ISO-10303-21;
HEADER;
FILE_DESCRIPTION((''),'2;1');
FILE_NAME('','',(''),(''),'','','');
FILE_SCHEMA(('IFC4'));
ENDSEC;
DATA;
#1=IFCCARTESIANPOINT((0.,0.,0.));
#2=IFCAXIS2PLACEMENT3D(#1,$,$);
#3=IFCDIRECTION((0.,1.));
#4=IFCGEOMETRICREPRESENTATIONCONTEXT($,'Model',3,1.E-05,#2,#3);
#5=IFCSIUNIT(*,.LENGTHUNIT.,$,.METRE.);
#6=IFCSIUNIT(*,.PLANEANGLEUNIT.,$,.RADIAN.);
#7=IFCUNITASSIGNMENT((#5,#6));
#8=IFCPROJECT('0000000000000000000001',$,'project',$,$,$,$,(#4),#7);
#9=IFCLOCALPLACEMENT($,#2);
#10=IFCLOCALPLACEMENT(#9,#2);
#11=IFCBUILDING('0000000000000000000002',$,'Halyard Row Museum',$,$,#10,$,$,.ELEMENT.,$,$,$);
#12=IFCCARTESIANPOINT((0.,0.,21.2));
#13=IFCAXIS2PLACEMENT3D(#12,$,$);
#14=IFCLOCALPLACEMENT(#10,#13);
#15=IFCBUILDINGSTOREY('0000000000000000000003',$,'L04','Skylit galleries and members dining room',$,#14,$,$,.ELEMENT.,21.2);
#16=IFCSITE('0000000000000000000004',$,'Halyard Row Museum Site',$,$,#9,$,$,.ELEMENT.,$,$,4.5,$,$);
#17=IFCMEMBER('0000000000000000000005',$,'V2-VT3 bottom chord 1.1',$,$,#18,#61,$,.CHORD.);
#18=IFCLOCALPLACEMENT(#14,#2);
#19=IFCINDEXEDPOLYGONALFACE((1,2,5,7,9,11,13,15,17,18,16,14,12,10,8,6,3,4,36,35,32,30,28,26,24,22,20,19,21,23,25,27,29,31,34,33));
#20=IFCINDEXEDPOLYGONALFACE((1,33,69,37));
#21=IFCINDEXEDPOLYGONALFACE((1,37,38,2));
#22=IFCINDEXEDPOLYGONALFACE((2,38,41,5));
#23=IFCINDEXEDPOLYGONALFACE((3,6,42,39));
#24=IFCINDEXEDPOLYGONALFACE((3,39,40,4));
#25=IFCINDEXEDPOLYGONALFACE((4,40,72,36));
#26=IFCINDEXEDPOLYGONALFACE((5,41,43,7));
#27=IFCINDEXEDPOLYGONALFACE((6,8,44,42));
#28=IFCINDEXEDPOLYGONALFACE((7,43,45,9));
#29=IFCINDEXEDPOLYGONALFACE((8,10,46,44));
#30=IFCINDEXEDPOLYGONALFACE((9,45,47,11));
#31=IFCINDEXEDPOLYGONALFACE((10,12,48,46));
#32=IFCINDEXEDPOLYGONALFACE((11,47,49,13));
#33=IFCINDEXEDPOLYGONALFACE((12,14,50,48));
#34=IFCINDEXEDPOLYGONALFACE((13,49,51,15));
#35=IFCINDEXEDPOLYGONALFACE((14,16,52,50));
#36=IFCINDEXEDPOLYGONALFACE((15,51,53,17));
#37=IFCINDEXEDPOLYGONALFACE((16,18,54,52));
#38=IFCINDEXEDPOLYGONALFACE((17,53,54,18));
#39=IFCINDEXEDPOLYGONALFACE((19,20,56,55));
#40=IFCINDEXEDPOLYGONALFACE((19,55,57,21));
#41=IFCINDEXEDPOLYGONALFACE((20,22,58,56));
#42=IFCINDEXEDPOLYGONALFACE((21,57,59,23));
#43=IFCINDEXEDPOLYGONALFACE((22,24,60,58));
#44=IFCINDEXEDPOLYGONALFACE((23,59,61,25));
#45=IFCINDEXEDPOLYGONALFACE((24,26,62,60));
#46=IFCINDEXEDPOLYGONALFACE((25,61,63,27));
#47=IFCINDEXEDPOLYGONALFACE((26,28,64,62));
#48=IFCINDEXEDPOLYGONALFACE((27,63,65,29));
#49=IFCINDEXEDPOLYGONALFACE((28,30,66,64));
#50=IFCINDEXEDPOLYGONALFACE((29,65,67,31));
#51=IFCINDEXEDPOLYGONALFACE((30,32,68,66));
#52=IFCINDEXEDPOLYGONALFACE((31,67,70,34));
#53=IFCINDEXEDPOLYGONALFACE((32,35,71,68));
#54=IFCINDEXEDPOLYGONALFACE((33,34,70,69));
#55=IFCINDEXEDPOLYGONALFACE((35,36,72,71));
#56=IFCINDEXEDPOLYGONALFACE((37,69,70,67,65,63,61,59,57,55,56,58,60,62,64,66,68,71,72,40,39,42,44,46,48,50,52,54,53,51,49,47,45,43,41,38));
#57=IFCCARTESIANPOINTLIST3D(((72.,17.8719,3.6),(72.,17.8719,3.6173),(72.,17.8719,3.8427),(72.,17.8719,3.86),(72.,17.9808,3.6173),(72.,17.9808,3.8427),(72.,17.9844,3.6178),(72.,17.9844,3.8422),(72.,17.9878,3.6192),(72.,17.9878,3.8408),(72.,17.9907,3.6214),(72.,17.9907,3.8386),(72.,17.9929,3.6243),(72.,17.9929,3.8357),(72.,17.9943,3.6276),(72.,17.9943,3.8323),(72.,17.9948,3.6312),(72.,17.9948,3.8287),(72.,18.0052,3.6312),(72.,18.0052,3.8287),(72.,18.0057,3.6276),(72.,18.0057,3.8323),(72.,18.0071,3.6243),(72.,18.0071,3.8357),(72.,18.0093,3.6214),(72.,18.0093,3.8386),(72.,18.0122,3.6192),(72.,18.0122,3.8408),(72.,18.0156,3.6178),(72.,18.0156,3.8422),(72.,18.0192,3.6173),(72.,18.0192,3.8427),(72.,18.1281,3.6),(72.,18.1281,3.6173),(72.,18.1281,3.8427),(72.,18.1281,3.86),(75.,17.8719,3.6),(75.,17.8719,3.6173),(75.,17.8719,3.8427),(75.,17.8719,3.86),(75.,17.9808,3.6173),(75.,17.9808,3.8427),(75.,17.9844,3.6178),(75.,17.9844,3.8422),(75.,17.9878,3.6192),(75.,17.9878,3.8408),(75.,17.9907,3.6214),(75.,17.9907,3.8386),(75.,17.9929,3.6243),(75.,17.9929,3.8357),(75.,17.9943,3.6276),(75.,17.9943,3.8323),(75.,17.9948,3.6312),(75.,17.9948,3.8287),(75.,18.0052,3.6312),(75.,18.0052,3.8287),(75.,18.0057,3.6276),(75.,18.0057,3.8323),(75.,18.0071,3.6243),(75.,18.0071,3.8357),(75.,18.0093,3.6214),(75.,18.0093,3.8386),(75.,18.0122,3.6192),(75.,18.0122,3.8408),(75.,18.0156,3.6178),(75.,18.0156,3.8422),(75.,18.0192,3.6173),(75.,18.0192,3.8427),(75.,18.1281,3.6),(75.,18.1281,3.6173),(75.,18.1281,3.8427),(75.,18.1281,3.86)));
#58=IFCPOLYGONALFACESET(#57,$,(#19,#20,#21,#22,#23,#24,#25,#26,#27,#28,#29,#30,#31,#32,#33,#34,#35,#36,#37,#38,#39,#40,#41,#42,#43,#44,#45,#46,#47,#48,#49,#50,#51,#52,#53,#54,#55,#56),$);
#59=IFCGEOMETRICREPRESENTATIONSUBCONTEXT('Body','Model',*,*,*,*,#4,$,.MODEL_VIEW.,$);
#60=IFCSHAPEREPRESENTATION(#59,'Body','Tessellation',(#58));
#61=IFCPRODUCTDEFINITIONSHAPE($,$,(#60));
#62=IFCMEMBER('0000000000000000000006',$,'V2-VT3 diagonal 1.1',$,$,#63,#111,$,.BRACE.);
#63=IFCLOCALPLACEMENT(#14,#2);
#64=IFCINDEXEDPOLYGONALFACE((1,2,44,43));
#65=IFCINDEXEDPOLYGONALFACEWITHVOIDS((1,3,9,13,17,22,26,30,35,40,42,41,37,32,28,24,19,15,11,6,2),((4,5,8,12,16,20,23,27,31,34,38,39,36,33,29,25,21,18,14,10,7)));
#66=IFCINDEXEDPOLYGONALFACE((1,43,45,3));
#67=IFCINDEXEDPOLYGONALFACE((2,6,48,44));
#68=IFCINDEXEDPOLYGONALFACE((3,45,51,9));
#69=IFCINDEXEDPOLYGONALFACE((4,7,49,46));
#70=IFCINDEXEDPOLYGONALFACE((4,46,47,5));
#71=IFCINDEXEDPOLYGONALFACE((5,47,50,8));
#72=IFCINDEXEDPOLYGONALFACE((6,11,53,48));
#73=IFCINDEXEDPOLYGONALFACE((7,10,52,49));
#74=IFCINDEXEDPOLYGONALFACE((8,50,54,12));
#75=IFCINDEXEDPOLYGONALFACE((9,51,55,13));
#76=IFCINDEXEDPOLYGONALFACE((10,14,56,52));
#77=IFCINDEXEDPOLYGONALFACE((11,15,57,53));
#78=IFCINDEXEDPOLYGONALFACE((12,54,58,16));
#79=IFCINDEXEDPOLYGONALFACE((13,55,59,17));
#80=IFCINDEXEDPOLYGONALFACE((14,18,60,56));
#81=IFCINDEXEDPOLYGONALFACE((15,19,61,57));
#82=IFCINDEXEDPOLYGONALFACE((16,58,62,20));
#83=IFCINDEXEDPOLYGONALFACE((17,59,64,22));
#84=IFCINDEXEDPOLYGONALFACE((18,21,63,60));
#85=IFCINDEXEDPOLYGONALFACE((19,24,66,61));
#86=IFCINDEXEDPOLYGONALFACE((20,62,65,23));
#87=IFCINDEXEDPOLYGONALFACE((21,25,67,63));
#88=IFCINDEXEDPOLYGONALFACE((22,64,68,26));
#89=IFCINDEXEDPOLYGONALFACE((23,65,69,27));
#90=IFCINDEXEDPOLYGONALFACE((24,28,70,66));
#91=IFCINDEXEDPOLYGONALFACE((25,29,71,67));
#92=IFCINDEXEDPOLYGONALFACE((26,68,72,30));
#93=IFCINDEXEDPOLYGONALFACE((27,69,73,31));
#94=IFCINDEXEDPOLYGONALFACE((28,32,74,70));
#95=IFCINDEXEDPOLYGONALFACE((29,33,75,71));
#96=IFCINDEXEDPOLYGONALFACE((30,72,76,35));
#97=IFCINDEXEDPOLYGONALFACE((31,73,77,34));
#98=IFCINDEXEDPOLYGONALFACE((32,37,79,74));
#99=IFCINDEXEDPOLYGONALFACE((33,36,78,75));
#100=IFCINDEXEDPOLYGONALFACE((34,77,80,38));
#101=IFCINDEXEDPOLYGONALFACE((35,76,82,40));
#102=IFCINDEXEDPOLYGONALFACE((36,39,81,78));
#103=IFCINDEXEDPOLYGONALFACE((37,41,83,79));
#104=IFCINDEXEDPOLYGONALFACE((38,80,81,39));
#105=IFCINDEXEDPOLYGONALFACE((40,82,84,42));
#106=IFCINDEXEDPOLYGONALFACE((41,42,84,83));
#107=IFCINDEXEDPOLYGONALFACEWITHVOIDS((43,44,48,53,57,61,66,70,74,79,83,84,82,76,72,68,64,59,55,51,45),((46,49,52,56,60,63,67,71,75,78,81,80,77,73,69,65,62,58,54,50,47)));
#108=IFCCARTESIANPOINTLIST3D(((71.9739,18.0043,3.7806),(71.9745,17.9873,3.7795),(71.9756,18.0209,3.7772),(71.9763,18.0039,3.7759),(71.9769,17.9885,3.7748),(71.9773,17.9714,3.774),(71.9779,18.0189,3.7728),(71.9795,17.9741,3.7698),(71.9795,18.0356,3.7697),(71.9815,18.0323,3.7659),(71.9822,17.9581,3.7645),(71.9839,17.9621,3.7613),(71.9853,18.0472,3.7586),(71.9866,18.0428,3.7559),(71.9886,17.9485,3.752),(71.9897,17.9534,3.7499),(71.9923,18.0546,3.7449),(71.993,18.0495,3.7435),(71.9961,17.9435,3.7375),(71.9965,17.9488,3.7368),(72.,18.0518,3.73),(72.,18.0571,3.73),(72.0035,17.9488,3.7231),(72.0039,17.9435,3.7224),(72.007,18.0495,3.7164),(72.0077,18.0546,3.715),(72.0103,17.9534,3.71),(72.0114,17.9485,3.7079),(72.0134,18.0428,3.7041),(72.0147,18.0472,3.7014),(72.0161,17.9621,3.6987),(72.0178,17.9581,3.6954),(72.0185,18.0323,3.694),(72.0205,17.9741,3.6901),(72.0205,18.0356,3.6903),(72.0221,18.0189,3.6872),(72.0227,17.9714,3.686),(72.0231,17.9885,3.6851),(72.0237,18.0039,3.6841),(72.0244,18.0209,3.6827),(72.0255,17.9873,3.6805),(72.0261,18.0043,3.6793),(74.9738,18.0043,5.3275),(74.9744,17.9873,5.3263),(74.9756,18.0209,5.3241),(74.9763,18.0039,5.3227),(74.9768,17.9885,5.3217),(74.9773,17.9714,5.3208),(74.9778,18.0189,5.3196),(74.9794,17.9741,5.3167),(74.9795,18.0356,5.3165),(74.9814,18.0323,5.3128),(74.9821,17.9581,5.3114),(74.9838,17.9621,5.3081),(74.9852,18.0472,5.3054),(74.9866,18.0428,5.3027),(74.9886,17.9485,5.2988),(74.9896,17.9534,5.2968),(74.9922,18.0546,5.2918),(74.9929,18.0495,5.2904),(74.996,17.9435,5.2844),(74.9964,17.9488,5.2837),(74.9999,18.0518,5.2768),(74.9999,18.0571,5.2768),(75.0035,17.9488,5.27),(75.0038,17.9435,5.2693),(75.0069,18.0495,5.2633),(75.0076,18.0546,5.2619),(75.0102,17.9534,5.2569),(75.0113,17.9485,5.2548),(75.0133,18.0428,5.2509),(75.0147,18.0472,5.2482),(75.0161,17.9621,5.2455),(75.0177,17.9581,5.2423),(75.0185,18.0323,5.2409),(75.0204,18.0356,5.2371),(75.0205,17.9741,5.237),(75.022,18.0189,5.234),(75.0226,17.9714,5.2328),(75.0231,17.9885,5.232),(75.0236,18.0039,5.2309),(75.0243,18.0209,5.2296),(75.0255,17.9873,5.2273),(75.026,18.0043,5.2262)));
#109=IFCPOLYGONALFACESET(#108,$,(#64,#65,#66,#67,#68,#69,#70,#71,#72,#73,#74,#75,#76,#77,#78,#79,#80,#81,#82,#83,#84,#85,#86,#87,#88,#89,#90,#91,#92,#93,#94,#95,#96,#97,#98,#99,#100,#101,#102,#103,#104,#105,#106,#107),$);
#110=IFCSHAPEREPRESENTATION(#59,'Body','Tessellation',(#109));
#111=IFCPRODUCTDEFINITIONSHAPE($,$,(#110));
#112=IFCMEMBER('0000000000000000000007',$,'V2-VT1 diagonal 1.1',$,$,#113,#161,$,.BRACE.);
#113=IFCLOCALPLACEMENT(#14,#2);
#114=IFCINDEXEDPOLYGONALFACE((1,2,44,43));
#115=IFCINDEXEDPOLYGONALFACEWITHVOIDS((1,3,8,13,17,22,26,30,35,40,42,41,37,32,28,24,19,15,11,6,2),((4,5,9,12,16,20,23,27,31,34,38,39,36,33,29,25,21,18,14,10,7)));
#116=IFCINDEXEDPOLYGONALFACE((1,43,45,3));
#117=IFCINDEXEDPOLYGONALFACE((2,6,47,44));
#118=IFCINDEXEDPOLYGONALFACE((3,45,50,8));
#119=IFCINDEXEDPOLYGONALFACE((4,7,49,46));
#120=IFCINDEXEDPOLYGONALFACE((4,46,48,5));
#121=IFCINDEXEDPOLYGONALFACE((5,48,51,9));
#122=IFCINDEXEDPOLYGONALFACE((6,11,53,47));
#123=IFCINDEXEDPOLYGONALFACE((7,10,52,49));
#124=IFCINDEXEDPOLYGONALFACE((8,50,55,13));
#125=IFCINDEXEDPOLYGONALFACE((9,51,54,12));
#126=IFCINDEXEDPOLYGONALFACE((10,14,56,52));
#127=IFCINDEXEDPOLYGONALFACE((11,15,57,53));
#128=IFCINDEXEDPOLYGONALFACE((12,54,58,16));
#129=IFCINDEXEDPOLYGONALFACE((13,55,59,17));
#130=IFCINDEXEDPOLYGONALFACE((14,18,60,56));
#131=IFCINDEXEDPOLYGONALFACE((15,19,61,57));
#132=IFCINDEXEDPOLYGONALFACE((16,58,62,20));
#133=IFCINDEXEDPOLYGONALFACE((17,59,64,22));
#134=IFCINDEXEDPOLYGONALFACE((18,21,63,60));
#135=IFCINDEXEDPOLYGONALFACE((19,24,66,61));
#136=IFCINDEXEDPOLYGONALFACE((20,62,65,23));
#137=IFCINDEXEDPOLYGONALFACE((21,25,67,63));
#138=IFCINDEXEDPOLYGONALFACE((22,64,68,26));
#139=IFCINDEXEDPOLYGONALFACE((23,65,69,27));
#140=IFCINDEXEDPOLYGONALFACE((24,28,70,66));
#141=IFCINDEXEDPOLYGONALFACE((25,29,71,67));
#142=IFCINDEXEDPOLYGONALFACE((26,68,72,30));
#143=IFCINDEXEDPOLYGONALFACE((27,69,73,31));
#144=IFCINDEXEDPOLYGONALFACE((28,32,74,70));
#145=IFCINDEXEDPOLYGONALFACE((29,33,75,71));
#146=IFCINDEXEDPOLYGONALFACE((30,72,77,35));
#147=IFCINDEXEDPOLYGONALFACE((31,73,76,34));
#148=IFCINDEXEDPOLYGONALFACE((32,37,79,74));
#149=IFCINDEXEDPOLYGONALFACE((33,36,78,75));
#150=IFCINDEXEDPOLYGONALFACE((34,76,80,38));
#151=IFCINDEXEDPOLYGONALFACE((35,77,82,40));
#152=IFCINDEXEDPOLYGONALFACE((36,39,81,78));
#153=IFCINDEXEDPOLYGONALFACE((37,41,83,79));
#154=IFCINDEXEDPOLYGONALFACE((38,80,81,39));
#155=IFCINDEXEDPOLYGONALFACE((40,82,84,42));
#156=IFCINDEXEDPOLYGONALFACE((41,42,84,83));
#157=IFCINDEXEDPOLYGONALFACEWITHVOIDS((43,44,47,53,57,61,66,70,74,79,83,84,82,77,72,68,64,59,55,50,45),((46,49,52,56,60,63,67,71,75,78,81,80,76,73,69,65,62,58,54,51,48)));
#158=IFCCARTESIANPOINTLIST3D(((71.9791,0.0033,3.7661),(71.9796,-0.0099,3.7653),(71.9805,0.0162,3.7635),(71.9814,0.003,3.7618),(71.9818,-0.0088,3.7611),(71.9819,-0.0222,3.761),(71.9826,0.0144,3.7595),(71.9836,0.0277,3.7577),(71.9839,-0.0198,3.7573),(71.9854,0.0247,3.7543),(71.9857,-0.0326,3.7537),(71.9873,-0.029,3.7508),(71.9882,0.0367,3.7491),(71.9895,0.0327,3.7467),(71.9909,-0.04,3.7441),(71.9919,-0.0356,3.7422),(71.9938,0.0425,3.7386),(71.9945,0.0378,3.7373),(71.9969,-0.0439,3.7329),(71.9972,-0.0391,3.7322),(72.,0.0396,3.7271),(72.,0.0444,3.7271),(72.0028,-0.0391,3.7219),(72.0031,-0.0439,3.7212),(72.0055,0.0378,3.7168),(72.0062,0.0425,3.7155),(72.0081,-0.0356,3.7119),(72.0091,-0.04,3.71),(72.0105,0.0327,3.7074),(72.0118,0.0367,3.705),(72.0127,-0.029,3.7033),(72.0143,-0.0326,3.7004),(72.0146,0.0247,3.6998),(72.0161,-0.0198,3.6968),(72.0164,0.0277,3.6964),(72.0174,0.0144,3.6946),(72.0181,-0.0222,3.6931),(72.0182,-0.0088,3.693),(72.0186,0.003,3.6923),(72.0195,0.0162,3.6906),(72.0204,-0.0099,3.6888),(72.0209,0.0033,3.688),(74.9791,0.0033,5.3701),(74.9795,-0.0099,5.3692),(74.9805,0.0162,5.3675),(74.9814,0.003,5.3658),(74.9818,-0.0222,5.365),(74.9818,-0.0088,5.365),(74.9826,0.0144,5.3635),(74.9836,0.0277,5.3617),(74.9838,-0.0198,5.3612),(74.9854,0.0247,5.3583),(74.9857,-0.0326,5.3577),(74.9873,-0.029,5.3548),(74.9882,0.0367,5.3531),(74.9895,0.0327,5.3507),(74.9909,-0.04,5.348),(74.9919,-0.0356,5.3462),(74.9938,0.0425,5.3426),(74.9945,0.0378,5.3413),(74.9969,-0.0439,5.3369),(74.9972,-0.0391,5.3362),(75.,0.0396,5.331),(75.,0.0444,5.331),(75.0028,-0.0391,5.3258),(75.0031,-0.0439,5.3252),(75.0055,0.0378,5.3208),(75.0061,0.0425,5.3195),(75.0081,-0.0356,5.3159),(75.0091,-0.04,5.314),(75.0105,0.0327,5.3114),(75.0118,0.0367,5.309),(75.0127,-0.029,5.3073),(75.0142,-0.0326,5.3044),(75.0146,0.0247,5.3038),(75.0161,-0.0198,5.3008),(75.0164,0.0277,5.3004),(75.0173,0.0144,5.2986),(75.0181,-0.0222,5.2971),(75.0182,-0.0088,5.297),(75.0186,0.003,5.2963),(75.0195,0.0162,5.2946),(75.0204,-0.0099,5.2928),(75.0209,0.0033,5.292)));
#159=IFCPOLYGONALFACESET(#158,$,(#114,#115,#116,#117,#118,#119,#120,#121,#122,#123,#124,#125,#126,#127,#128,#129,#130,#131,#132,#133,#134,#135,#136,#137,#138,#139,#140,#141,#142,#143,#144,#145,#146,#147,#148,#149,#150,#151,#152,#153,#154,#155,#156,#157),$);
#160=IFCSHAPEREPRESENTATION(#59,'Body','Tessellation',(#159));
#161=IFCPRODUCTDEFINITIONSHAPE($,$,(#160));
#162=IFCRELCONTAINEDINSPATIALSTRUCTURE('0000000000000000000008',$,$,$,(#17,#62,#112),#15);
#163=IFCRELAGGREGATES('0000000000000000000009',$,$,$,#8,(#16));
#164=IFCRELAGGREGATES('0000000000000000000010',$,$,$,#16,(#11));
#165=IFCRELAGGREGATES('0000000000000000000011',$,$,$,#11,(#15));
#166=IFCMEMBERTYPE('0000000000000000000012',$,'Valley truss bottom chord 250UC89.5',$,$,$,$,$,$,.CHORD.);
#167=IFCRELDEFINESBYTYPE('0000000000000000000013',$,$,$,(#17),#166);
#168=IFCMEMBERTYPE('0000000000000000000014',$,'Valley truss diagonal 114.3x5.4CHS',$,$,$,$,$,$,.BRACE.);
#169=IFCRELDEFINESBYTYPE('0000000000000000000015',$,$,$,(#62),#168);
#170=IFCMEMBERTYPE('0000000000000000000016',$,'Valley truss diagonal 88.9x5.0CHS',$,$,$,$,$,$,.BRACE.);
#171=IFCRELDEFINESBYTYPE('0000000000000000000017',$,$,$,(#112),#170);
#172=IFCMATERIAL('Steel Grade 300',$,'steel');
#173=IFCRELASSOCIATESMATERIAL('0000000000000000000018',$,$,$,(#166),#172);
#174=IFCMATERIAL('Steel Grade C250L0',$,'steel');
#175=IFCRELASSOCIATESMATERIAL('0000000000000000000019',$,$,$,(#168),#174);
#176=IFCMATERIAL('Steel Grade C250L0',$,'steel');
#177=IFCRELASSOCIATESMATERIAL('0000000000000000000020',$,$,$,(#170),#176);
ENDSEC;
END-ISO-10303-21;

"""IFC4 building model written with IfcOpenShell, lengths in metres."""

from ifc_helpers import new_model, si_unit, direction, frame, origin, origin_2d, place, context, subcontext, project, spatial, hollow_circle, i_section, extrude, material, material_profile, profile_set, type_object, element, save


model = new_model("IFC4")

# Units and contexts
model_context = context("Model", 3, precision=1e-05, world=origin(), true_north=direction((0.0, 1.0)))
body_context = subcontext(model_context, "Body", "Model", "MODEL_VIEW")
ifc_project = project(units=[si_unit("LENGTHUNIT", "METRE"), si_unit("PLANEANGLEUNIT", "RADIAN")], contexts=[model_context])

# Site, building, storey
site_placement = place(None, origin())
site = spatial("IfcSite", under=ifc_project, at=site_placement, Name="Halyard Row Museum Site", CompositionType="ELEMENT", RefElevation=4.5)
building_placement = place(site_placement, origin())
building = spatial("IfcBuilding", under=site, at=building_placement, Name="Halyard Row Museum", CompositionType="ELEMENT")
storey_placement = place(building_placement, frame((0.0, 0.0, 21.2)))
storey = spatial("IfcBuildingStorey", under=building, at=storey_placement, Name="L04", Description="Skylit galleries and members dining room", CompositionType="ELEMENT", Elevation=21.2)

# Members
ifc_material_1 = material(Name="Steel Grade 300", Category="steel")
ifc_material_profile_1 = material_profile(ifc_material_1, i_section(OverallWidth=0.2561, OverallDepth=0.26, WebThickness=0.0105, FlangeThickness=0.0173, FilletRadius=0.0139, at=origin_2d()), Name="250UC89.5")
ifc_profile_set_1 = profile_set([ifc_material_profile_1], Name="Steel Grade 300")
member_type_1 = type_object("IfcMemberType", Name="Valley truss bottom chord 250UC89.5", PredefinedType="CHORD", material=ifc_profile_set_1)
member_1_placement = place(storey_placement, frame((72.0, 18.0, 3.73), z_axis=(1.0, 0.0, 0.0), x_axis=(0.0, 1.0, 0.0)))
element("IfcMember", 1, at=member_1_placement, inside=storey, type_object=member_type_1, Name="V2-VT3 bottom chord 1.1", PredefinedType="CHORD", context=body_context, shape_type="SweptSolid", body=[
    extrude(i_section(OverallWidth=0.2561, OverallDepth=0.26, WebThickness=0.0105, FlangeThickness=0.0173, FilletRadius=0.0139, at=origin_2d()), origin(), (0.0, 0.0, 1.0), 3.0),
])
ifc_material_2 = material(Name="Steel Grade C250L0", Category="steel")
ifc_material_profile_2 = material_profile(ifc_material_2, hollow_circle(Radius=0.0571, WallThickness=0.0054, at=origin_2d()), Name="114.3x5.4CHS")
ifc_profile_set_2 = profile_set([ifc_material_profile_2], Name="Steel Grade C250L0")
member_type_2 = type_object("IfcMemberType", Name="Valley truss diagonal 114.3x5.4CHS", PredefinedType="BRACE", material=ifc_profile_set_2)
member_2_placement = place(storey_placement, frame((72.0, 18.0, 3.73), z_axis=(0.888803, 0.0, 0.458289), x_axis=(0.0, 1.0, 0.0)))
element("IfcMember", 2, at=member_2_placement, inside=storey, type_object=member_type_2, Name="V2-VT3 diagonal 1.1", PredefinedType="BRACE", context=body_context, shape_type="SweptSolid", body=[
    extrude(hollow_circle(Radius=0.0571, WallThickness=0.0054, at=origin_2d()), origin(), (0.0, 0.0, 1.0), 3.3752),
])
ifc_material_3 = material(Name="Steel Grade C250L0", Category="steel")
ifc_material_profile_3 = material_profile(ifc_material_3, hollow_circle(Radius=0.0444, WallThickness=0.0049, at=origin_2d()), Name="88.9x5.0CHS")
ifc_profile_set_3 = profile_set([ifc_material_profile_3], Name="Steel Grade C250L0")
member_type_3 = type_object("IfcMemberType", Name="Valley truss diagonal 88.9x5.0CHS", PredefinedType="BRACE", material=ifc_profile_set_3)
for number, where, z_axis, x_axis, name in (
    (3, (72.0, 0.0, 3.7271), (0.881864, 0.0, 0.471504), (0.0, 1.0, 0.0), "V2-VT1 diagonal 1.1"),
):
    element("IfcMember", number, at=place(storey_placement, frame(where, z_axis=z_axis, x_axis=x_axis)), inside=storey, type_object=member_type_3, Name=name, PredefinedType="BRACE", context=body_context, shape_type="SweptSolid", body=[
        extrude(hollow_circle(Radius=0.0444, WallThickness=0.0049, at=origin_2d()), origin(), (0.0, 0.0, 1.0), 3.4019),
    ])

save(model, "model.ifc")
